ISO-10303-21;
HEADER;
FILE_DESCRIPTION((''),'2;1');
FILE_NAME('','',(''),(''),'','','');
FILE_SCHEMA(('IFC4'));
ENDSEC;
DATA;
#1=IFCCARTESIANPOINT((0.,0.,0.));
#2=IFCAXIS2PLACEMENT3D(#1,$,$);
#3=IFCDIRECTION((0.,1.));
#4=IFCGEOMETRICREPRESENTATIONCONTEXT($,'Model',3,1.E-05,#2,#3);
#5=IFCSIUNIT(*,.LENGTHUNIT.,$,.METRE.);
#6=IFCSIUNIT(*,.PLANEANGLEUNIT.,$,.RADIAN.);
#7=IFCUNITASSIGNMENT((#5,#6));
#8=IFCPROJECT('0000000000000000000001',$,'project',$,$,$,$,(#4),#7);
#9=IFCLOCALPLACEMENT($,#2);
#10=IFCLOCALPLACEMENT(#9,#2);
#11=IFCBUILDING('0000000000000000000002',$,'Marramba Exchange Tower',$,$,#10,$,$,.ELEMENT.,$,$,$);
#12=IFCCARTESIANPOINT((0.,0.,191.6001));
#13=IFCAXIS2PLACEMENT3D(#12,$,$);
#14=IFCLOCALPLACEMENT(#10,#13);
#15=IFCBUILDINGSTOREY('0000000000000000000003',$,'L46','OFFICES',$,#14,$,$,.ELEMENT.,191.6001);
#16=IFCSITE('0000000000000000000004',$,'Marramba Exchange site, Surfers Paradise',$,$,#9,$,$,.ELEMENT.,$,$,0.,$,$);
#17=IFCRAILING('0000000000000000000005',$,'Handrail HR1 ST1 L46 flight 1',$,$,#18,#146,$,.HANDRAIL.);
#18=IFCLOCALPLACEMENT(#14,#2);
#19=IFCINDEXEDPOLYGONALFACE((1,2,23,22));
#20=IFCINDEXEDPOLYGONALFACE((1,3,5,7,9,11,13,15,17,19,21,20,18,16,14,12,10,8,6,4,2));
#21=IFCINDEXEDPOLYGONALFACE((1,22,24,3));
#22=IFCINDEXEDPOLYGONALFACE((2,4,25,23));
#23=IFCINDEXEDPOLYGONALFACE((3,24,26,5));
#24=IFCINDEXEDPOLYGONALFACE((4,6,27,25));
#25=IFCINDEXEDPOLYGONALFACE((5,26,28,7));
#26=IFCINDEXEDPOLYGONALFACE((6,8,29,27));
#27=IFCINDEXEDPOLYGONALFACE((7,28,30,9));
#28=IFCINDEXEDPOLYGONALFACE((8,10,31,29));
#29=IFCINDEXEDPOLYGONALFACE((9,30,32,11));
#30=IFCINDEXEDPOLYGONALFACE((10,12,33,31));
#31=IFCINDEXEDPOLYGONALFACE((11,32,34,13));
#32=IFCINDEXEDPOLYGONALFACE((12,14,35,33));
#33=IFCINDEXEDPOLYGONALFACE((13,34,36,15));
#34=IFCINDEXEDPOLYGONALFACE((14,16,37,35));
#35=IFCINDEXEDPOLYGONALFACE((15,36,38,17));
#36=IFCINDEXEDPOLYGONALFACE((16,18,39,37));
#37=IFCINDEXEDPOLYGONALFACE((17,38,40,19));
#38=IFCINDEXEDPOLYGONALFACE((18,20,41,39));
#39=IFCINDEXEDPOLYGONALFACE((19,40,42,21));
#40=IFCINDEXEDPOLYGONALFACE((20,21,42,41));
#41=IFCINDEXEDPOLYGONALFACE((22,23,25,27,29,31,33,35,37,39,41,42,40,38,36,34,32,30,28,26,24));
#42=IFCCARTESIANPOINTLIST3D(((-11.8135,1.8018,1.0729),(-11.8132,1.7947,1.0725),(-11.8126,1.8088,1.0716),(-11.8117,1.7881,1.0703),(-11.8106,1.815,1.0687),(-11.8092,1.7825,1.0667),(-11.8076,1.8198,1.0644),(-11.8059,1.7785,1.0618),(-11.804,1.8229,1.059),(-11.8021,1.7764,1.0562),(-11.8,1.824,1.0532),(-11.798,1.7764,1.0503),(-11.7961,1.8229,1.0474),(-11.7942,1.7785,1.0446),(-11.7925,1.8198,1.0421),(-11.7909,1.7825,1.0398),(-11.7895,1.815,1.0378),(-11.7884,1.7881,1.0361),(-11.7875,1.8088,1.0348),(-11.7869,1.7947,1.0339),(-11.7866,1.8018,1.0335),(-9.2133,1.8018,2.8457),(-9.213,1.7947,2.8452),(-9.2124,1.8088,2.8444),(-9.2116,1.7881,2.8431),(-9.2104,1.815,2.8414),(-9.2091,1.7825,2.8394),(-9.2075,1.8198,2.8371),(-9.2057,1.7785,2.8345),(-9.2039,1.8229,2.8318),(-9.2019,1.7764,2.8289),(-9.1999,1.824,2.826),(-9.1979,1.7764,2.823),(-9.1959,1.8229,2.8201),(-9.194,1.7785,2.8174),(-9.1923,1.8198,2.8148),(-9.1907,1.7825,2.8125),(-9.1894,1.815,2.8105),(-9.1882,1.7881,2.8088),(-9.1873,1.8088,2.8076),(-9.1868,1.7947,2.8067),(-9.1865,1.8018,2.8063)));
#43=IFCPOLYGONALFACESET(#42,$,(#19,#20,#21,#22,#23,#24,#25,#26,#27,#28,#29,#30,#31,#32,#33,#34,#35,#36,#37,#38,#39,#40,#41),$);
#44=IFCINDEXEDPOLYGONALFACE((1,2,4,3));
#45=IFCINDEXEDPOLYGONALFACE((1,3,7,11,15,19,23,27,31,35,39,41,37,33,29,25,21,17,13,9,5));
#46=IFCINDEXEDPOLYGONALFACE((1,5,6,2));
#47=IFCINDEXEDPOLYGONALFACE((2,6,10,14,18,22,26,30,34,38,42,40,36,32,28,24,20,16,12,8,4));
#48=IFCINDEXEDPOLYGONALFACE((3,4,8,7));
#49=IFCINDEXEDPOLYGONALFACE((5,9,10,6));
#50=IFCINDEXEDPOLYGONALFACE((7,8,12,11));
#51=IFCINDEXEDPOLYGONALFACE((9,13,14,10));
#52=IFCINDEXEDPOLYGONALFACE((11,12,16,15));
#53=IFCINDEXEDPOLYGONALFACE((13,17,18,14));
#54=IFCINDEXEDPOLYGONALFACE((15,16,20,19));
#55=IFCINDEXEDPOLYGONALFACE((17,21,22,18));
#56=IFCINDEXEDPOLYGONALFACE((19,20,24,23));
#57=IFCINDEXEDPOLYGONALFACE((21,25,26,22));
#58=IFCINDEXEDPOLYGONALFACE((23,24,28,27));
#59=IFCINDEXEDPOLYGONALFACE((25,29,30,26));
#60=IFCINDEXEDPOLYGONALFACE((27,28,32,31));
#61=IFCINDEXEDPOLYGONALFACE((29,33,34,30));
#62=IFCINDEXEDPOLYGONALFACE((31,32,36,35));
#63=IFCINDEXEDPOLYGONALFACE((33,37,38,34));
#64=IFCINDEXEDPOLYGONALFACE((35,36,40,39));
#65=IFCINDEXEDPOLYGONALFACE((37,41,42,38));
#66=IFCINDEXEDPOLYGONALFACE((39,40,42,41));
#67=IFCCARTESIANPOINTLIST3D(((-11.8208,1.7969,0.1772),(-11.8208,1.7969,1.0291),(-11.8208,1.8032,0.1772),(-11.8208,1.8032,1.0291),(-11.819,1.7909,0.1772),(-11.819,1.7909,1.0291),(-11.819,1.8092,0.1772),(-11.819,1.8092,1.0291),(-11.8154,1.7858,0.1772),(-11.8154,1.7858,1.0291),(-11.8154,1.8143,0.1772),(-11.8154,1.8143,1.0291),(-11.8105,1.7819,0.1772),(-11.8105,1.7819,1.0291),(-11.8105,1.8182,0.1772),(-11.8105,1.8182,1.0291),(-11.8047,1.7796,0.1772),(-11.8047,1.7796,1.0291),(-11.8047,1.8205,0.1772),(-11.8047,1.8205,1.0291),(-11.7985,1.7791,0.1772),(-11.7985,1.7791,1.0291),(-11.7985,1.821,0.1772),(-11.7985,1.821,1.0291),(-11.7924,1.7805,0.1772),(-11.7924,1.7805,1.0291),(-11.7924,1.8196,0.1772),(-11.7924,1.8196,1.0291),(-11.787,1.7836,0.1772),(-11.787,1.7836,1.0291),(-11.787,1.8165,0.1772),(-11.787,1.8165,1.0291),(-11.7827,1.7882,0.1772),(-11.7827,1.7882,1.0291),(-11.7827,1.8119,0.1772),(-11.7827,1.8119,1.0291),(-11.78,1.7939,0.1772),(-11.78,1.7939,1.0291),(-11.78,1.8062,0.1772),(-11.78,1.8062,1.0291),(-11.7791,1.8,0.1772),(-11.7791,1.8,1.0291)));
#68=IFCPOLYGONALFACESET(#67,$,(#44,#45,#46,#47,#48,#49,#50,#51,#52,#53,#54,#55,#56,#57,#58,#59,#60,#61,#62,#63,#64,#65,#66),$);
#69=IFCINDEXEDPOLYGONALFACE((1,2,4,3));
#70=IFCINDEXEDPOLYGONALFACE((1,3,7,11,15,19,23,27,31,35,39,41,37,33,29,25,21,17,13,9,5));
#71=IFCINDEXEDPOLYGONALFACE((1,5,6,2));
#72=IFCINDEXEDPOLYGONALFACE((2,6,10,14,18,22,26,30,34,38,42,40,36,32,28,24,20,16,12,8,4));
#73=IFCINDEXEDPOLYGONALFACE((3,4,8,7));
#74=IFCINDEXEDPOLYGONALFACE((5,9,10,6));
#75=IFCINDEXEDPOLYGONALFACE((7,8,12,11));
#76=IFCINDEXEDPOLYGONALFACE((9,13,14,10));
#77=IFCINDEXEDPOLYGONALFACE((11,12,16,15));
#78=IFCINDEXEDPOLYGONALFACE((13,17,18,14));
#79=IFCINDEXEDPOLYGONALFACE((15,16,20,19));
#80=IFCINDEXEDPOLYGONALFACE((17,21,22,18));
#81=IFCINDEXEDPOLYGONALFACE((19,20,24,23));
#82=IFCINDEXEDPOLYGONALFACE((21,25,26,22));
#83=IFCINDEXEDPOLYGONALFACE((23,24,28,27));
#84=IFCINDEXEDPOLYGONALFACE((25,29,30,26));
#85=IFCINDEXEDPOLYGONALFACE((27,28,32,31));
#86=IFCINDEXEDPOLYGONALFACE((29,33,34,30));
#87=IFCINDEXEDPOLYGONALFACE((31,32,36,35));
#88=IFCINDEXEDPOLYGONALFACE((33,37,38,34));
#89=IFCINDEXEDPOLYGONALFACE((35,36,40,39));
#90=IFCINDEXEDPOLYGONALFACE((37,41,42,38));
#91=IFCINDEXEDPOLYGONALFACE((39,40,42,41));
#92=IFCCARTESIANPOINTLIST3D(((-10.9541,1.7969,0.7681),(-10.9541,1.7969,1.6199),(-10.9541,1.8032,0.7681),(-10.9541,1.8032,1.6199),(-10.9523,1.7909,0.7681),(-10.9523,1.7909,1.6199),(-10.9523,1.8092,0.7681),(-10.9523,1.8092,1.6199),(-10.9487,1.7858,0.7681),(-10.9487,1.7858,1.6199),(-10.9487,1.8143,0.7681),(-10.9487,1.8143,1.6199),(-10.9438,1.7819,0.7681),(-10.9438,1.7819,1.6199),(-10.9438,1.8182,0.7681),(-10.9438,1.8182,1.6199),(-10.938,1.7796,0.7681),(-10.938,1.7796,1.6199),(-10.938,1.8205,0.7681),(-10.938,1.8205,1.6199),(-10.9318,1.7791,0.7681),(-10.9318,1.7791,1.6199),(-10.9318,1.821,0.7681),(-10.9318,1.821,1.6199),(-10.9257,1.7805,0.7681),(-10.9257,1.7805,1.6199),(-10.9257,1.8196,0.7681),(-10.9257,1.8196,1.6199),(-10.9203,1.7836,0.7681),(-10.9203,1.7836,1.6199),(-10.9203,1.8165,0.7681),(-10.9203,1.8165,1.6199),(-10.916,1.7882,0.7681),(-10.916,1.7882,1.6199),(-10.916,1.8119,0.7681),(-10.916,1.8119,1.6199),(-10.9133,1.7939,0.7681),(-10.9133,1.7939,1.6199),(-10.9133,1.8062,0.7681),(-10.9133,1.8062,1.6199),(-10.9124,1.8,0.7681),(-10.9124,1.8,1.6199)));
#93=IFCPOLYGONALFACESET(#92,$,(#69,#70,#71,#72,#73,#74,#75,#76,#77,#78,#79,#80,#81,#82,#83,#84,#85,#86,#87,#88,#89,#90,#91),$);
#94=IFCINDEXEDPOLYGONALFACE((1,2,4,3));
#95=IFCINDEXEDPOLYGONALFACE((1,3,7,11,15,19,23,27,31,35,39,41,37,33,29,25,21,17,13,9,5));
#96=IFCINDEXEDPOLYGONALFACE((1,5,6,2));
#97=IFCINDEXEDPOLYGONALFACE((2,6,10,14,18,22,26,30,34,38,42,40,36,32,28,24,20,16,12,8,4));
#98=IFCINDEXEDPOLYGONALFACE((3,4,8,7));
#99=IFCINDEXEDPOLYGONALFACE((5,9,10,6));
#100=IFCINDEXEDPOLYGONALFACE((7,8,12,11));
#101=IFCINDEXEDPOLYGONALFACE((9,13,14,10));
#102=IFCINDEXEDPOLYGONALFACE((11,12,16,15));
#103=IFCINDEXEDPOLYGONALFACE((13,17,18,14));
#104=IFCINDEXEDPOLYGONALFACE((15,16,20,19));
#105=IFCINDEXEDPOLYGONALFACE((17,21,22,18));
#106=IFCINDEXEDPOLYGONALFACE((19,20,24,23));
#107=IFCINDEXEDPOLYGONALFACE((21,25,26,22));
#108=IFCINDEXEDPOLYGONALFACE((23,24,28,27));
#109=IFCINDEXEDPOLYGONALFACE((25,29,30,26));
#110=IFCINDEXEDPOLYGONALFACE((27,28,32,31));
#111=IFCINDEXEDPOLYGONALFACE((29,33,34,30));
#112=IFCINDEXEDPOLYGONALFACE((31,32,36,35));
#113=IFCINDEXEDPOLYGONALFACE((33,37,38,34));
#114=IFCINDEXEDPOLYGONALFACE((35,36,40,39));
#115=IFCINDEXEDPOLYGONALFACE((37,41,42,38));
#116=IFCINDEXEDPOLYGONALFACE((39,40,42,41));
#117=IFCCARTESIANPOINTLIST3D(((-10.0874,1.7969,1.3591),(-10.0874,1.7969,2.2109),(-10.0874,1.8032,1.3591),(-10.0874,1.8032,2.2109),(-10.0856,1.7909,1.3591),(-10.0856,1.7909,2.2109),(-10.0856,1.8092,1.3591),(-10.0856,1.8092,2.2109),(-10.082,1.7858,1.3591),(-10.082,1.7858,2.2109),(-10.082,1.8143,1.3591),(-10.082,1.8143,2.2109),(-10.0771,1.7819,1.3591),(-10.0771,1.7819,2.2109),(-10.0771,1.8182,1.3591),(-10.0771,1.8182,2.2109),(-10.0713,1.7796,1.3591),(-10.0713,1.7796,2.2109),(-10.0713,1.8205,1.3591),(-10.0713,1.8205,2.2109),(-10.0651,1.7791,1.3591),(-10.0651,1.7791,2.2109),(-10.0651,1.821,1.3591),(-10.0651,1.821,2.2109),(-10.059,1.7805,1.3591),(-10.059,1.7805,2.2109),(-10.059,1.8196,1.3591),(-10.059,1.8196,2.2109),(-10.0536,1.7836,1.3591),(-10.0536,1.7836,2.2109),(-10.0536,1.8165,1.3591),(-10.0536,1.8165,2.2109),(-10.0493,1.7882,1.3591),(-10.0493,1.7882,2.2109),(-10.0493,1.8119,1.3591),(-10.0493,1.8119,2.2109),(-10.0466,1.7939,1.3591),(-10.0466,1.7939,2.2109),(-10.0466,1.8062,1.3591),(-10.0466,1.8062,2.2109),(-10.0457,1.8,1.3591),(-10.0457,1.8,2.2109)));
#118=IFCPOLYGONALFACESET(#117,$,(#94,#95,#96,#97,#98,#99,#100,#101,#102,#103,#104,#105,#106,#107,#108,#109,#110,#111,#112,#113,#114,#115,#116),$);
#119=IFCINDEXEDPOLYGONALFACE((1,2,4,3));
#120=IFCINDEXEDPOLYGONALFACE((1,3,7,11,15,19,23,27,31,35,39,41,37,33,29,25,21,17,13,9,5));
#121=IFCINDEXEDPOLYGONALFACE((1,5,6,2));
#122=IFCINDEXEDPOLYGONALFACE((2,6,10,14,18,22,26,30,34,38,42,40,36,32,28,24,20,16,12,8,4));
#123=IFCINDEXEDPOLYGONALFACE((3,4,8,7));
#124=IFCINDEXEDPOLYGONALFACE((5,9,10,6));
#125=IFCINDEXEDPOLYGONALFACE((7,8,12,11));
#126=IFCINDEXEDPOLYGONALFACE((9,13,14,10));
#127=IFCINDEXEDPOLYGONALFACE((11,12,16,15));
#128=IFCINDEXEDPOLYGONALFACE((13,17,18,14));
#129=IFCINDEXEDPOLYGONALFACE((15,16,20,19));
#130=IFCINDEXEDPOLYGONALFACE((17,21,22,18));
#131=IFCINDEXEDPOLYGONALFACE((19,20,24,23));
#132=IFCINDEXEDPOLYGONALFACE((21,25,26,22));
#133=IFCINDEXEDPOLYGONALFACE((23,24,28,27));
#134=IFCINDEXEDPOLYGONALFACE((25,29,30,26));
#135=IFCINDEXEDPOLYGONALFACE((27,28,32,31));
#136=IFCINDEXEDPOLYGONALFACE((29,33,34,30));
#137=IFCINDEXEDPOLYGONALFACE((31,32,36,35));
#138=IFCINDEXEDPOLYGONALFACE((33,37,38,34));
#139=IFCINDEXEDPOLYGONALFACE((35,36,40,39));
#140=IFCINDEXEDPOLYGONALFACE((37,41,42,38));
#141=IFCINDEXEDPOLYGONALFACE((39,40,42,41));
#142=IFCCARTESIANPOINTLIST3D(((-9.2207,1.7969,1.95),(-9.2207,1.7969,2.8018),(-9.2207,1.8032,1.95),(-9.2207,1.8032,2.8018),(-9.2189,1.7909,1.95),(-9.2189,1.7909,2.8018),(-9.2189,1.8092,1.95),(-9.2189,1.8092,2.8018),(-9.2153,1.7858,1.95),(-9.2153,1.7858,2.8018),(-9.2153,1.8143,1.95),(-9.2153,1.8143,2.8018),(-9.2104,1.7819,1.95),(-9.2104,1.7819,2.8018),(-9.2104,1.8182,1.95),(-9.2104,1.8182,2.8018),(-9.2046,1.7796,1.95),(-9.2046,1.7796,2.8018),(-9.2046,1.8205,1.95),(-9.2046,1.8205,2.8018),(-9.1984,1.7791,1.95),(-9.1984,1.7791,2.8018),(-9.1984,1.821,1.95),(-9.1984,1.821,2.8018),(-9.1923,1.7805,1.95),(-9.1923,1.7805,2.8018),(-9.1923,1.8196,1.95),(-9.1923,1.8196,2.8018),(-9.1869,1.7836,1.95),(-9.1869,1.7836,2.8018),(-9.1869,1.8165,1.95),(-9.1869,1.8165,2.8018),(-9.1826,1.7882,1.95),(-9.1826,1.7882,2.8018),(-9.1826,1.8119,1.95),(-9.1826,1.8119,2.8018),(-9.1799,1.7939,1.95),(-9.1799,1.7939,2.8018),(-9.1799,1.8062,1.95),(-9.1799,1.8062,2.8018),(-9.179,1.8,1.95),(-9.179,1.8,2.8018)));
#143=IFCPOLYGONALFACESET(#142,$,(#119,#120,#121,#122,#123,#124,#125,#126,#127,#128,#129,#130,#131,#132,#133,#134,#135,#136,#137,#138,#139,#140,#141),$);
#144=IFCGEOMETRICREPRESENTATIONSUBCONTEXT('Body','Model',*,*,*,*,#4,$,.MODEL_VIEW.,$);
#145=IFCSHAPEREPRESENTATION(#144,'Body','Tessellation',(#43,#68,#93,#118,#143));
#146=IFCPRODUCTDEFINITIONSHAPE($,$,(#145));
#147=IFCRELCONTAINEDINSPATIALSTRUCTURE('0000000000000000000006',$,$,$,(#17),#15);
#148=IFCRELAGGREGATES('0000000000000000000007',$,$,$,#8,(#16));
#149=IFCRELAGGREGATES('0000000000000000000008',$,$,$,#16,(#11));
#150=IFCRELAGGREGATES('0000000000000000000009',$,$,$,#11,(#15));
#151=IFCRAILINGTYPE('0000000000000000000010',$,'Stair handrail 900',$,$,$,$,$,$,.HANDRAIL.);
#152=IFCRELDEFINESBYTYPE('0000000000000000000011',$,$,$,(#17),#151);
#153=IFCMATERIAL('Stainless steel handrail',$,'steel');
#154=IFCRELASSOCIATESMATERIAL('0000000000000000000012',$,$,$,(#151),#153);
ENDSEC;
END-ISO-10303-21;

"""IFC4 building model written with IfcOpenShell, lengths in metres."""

from ifc_helpers import new_model, si_unit, direction, frame, origin, origin_2d, place, context, subcontext, project, spatial, circle, extrude, material, type_object, element, save


model = new_model("IFC4")

# Units and contexts
model_context = context("Model", 3, precision=1e-05, world=origin(), true_north=direction((0.0, 1.0)))
body_context = subcontext(model_context, "Body", "Model", "MODEL_VIEW")
ifc_project = project(units=[si_unit("LENGTHUNIT", "METRE"), si_unit("PLANEANGLEUNIT", "RADIAN")], contexts=[model_context])

# Site, building, storey
site_placement = place(None, origin())
site = spatial("IfcSite", under=ifc_project, at=site_placement, Name="Marramba Exchange site, Surfers Paradise", CompositionType="ELEMENT", RefElevation=0.0)
building_placement = place(site_placement, origin())
building = spatial("IfcBuilding", under=site, at=building_placement, Name="Marramba Exchange Tower", CompositionType="ELEMENT")
storey_placement = place(building_placement, frame((0.0, 0.0, 191.6001)))
storey = spatial("IfcBuildingStorey", under=building, at=storey_placement, Name="L46", Description="OFFICES", CompositionType="ELEMENT", Elevation=191.6001)

# Railing
ifc_material_1 = material(Name="Stainless steel handrail", Category="steel")
railing_type = type_object("IfcRailingType", Name="Stair handrail 900", PredefinedType="HANDRAIL", material=ifc_material_1)
railing_placement = place(storey_placement, frame((-11.8, 1.8, 0.1772)))
element("IfcRailing", 1, at=railing_placement, inside=storey, type_object=railing_type, Name="Handrail HR1 ST1 L46 flight 1", PredefinedType="HANDRAIL", context=body_context, shape_type="SweptSolid", body=[
    extrude(circle(Radius=0.0239, at=origin_2d()), frame((0.0, 0.0, 0.876), z_axis=(0.82624, 0.0, 0.563318), x_axis=(0.0, 1.0, 0.0)), (0.0, 0.0, 1.0), 3.147),
    extrude(circle(Radius=0.021, at=origin_2d()), origin(), (0.0, 0.0, 1.0), 0.8518),
    extrude(circle(Radius=0.021, at=origin_2d()), frame((0.8667, 0.0, 0.5908)), (0.0, 0.0, 1.0), 0.8518),
    extrude(circle(Radius=0.021, at=origin_2d()), frame((1.7334, 0.0, 1.1819)), (0.0, 0.0, 1.0), 0.8518),
    extrude(circle(Radius=0.021, at=origin_2d()), frame((2.6001, 0.0, 1.7727)), (0.0, 0.0, 1.0), 0.8518),
])

save(model, "model.ifc")
